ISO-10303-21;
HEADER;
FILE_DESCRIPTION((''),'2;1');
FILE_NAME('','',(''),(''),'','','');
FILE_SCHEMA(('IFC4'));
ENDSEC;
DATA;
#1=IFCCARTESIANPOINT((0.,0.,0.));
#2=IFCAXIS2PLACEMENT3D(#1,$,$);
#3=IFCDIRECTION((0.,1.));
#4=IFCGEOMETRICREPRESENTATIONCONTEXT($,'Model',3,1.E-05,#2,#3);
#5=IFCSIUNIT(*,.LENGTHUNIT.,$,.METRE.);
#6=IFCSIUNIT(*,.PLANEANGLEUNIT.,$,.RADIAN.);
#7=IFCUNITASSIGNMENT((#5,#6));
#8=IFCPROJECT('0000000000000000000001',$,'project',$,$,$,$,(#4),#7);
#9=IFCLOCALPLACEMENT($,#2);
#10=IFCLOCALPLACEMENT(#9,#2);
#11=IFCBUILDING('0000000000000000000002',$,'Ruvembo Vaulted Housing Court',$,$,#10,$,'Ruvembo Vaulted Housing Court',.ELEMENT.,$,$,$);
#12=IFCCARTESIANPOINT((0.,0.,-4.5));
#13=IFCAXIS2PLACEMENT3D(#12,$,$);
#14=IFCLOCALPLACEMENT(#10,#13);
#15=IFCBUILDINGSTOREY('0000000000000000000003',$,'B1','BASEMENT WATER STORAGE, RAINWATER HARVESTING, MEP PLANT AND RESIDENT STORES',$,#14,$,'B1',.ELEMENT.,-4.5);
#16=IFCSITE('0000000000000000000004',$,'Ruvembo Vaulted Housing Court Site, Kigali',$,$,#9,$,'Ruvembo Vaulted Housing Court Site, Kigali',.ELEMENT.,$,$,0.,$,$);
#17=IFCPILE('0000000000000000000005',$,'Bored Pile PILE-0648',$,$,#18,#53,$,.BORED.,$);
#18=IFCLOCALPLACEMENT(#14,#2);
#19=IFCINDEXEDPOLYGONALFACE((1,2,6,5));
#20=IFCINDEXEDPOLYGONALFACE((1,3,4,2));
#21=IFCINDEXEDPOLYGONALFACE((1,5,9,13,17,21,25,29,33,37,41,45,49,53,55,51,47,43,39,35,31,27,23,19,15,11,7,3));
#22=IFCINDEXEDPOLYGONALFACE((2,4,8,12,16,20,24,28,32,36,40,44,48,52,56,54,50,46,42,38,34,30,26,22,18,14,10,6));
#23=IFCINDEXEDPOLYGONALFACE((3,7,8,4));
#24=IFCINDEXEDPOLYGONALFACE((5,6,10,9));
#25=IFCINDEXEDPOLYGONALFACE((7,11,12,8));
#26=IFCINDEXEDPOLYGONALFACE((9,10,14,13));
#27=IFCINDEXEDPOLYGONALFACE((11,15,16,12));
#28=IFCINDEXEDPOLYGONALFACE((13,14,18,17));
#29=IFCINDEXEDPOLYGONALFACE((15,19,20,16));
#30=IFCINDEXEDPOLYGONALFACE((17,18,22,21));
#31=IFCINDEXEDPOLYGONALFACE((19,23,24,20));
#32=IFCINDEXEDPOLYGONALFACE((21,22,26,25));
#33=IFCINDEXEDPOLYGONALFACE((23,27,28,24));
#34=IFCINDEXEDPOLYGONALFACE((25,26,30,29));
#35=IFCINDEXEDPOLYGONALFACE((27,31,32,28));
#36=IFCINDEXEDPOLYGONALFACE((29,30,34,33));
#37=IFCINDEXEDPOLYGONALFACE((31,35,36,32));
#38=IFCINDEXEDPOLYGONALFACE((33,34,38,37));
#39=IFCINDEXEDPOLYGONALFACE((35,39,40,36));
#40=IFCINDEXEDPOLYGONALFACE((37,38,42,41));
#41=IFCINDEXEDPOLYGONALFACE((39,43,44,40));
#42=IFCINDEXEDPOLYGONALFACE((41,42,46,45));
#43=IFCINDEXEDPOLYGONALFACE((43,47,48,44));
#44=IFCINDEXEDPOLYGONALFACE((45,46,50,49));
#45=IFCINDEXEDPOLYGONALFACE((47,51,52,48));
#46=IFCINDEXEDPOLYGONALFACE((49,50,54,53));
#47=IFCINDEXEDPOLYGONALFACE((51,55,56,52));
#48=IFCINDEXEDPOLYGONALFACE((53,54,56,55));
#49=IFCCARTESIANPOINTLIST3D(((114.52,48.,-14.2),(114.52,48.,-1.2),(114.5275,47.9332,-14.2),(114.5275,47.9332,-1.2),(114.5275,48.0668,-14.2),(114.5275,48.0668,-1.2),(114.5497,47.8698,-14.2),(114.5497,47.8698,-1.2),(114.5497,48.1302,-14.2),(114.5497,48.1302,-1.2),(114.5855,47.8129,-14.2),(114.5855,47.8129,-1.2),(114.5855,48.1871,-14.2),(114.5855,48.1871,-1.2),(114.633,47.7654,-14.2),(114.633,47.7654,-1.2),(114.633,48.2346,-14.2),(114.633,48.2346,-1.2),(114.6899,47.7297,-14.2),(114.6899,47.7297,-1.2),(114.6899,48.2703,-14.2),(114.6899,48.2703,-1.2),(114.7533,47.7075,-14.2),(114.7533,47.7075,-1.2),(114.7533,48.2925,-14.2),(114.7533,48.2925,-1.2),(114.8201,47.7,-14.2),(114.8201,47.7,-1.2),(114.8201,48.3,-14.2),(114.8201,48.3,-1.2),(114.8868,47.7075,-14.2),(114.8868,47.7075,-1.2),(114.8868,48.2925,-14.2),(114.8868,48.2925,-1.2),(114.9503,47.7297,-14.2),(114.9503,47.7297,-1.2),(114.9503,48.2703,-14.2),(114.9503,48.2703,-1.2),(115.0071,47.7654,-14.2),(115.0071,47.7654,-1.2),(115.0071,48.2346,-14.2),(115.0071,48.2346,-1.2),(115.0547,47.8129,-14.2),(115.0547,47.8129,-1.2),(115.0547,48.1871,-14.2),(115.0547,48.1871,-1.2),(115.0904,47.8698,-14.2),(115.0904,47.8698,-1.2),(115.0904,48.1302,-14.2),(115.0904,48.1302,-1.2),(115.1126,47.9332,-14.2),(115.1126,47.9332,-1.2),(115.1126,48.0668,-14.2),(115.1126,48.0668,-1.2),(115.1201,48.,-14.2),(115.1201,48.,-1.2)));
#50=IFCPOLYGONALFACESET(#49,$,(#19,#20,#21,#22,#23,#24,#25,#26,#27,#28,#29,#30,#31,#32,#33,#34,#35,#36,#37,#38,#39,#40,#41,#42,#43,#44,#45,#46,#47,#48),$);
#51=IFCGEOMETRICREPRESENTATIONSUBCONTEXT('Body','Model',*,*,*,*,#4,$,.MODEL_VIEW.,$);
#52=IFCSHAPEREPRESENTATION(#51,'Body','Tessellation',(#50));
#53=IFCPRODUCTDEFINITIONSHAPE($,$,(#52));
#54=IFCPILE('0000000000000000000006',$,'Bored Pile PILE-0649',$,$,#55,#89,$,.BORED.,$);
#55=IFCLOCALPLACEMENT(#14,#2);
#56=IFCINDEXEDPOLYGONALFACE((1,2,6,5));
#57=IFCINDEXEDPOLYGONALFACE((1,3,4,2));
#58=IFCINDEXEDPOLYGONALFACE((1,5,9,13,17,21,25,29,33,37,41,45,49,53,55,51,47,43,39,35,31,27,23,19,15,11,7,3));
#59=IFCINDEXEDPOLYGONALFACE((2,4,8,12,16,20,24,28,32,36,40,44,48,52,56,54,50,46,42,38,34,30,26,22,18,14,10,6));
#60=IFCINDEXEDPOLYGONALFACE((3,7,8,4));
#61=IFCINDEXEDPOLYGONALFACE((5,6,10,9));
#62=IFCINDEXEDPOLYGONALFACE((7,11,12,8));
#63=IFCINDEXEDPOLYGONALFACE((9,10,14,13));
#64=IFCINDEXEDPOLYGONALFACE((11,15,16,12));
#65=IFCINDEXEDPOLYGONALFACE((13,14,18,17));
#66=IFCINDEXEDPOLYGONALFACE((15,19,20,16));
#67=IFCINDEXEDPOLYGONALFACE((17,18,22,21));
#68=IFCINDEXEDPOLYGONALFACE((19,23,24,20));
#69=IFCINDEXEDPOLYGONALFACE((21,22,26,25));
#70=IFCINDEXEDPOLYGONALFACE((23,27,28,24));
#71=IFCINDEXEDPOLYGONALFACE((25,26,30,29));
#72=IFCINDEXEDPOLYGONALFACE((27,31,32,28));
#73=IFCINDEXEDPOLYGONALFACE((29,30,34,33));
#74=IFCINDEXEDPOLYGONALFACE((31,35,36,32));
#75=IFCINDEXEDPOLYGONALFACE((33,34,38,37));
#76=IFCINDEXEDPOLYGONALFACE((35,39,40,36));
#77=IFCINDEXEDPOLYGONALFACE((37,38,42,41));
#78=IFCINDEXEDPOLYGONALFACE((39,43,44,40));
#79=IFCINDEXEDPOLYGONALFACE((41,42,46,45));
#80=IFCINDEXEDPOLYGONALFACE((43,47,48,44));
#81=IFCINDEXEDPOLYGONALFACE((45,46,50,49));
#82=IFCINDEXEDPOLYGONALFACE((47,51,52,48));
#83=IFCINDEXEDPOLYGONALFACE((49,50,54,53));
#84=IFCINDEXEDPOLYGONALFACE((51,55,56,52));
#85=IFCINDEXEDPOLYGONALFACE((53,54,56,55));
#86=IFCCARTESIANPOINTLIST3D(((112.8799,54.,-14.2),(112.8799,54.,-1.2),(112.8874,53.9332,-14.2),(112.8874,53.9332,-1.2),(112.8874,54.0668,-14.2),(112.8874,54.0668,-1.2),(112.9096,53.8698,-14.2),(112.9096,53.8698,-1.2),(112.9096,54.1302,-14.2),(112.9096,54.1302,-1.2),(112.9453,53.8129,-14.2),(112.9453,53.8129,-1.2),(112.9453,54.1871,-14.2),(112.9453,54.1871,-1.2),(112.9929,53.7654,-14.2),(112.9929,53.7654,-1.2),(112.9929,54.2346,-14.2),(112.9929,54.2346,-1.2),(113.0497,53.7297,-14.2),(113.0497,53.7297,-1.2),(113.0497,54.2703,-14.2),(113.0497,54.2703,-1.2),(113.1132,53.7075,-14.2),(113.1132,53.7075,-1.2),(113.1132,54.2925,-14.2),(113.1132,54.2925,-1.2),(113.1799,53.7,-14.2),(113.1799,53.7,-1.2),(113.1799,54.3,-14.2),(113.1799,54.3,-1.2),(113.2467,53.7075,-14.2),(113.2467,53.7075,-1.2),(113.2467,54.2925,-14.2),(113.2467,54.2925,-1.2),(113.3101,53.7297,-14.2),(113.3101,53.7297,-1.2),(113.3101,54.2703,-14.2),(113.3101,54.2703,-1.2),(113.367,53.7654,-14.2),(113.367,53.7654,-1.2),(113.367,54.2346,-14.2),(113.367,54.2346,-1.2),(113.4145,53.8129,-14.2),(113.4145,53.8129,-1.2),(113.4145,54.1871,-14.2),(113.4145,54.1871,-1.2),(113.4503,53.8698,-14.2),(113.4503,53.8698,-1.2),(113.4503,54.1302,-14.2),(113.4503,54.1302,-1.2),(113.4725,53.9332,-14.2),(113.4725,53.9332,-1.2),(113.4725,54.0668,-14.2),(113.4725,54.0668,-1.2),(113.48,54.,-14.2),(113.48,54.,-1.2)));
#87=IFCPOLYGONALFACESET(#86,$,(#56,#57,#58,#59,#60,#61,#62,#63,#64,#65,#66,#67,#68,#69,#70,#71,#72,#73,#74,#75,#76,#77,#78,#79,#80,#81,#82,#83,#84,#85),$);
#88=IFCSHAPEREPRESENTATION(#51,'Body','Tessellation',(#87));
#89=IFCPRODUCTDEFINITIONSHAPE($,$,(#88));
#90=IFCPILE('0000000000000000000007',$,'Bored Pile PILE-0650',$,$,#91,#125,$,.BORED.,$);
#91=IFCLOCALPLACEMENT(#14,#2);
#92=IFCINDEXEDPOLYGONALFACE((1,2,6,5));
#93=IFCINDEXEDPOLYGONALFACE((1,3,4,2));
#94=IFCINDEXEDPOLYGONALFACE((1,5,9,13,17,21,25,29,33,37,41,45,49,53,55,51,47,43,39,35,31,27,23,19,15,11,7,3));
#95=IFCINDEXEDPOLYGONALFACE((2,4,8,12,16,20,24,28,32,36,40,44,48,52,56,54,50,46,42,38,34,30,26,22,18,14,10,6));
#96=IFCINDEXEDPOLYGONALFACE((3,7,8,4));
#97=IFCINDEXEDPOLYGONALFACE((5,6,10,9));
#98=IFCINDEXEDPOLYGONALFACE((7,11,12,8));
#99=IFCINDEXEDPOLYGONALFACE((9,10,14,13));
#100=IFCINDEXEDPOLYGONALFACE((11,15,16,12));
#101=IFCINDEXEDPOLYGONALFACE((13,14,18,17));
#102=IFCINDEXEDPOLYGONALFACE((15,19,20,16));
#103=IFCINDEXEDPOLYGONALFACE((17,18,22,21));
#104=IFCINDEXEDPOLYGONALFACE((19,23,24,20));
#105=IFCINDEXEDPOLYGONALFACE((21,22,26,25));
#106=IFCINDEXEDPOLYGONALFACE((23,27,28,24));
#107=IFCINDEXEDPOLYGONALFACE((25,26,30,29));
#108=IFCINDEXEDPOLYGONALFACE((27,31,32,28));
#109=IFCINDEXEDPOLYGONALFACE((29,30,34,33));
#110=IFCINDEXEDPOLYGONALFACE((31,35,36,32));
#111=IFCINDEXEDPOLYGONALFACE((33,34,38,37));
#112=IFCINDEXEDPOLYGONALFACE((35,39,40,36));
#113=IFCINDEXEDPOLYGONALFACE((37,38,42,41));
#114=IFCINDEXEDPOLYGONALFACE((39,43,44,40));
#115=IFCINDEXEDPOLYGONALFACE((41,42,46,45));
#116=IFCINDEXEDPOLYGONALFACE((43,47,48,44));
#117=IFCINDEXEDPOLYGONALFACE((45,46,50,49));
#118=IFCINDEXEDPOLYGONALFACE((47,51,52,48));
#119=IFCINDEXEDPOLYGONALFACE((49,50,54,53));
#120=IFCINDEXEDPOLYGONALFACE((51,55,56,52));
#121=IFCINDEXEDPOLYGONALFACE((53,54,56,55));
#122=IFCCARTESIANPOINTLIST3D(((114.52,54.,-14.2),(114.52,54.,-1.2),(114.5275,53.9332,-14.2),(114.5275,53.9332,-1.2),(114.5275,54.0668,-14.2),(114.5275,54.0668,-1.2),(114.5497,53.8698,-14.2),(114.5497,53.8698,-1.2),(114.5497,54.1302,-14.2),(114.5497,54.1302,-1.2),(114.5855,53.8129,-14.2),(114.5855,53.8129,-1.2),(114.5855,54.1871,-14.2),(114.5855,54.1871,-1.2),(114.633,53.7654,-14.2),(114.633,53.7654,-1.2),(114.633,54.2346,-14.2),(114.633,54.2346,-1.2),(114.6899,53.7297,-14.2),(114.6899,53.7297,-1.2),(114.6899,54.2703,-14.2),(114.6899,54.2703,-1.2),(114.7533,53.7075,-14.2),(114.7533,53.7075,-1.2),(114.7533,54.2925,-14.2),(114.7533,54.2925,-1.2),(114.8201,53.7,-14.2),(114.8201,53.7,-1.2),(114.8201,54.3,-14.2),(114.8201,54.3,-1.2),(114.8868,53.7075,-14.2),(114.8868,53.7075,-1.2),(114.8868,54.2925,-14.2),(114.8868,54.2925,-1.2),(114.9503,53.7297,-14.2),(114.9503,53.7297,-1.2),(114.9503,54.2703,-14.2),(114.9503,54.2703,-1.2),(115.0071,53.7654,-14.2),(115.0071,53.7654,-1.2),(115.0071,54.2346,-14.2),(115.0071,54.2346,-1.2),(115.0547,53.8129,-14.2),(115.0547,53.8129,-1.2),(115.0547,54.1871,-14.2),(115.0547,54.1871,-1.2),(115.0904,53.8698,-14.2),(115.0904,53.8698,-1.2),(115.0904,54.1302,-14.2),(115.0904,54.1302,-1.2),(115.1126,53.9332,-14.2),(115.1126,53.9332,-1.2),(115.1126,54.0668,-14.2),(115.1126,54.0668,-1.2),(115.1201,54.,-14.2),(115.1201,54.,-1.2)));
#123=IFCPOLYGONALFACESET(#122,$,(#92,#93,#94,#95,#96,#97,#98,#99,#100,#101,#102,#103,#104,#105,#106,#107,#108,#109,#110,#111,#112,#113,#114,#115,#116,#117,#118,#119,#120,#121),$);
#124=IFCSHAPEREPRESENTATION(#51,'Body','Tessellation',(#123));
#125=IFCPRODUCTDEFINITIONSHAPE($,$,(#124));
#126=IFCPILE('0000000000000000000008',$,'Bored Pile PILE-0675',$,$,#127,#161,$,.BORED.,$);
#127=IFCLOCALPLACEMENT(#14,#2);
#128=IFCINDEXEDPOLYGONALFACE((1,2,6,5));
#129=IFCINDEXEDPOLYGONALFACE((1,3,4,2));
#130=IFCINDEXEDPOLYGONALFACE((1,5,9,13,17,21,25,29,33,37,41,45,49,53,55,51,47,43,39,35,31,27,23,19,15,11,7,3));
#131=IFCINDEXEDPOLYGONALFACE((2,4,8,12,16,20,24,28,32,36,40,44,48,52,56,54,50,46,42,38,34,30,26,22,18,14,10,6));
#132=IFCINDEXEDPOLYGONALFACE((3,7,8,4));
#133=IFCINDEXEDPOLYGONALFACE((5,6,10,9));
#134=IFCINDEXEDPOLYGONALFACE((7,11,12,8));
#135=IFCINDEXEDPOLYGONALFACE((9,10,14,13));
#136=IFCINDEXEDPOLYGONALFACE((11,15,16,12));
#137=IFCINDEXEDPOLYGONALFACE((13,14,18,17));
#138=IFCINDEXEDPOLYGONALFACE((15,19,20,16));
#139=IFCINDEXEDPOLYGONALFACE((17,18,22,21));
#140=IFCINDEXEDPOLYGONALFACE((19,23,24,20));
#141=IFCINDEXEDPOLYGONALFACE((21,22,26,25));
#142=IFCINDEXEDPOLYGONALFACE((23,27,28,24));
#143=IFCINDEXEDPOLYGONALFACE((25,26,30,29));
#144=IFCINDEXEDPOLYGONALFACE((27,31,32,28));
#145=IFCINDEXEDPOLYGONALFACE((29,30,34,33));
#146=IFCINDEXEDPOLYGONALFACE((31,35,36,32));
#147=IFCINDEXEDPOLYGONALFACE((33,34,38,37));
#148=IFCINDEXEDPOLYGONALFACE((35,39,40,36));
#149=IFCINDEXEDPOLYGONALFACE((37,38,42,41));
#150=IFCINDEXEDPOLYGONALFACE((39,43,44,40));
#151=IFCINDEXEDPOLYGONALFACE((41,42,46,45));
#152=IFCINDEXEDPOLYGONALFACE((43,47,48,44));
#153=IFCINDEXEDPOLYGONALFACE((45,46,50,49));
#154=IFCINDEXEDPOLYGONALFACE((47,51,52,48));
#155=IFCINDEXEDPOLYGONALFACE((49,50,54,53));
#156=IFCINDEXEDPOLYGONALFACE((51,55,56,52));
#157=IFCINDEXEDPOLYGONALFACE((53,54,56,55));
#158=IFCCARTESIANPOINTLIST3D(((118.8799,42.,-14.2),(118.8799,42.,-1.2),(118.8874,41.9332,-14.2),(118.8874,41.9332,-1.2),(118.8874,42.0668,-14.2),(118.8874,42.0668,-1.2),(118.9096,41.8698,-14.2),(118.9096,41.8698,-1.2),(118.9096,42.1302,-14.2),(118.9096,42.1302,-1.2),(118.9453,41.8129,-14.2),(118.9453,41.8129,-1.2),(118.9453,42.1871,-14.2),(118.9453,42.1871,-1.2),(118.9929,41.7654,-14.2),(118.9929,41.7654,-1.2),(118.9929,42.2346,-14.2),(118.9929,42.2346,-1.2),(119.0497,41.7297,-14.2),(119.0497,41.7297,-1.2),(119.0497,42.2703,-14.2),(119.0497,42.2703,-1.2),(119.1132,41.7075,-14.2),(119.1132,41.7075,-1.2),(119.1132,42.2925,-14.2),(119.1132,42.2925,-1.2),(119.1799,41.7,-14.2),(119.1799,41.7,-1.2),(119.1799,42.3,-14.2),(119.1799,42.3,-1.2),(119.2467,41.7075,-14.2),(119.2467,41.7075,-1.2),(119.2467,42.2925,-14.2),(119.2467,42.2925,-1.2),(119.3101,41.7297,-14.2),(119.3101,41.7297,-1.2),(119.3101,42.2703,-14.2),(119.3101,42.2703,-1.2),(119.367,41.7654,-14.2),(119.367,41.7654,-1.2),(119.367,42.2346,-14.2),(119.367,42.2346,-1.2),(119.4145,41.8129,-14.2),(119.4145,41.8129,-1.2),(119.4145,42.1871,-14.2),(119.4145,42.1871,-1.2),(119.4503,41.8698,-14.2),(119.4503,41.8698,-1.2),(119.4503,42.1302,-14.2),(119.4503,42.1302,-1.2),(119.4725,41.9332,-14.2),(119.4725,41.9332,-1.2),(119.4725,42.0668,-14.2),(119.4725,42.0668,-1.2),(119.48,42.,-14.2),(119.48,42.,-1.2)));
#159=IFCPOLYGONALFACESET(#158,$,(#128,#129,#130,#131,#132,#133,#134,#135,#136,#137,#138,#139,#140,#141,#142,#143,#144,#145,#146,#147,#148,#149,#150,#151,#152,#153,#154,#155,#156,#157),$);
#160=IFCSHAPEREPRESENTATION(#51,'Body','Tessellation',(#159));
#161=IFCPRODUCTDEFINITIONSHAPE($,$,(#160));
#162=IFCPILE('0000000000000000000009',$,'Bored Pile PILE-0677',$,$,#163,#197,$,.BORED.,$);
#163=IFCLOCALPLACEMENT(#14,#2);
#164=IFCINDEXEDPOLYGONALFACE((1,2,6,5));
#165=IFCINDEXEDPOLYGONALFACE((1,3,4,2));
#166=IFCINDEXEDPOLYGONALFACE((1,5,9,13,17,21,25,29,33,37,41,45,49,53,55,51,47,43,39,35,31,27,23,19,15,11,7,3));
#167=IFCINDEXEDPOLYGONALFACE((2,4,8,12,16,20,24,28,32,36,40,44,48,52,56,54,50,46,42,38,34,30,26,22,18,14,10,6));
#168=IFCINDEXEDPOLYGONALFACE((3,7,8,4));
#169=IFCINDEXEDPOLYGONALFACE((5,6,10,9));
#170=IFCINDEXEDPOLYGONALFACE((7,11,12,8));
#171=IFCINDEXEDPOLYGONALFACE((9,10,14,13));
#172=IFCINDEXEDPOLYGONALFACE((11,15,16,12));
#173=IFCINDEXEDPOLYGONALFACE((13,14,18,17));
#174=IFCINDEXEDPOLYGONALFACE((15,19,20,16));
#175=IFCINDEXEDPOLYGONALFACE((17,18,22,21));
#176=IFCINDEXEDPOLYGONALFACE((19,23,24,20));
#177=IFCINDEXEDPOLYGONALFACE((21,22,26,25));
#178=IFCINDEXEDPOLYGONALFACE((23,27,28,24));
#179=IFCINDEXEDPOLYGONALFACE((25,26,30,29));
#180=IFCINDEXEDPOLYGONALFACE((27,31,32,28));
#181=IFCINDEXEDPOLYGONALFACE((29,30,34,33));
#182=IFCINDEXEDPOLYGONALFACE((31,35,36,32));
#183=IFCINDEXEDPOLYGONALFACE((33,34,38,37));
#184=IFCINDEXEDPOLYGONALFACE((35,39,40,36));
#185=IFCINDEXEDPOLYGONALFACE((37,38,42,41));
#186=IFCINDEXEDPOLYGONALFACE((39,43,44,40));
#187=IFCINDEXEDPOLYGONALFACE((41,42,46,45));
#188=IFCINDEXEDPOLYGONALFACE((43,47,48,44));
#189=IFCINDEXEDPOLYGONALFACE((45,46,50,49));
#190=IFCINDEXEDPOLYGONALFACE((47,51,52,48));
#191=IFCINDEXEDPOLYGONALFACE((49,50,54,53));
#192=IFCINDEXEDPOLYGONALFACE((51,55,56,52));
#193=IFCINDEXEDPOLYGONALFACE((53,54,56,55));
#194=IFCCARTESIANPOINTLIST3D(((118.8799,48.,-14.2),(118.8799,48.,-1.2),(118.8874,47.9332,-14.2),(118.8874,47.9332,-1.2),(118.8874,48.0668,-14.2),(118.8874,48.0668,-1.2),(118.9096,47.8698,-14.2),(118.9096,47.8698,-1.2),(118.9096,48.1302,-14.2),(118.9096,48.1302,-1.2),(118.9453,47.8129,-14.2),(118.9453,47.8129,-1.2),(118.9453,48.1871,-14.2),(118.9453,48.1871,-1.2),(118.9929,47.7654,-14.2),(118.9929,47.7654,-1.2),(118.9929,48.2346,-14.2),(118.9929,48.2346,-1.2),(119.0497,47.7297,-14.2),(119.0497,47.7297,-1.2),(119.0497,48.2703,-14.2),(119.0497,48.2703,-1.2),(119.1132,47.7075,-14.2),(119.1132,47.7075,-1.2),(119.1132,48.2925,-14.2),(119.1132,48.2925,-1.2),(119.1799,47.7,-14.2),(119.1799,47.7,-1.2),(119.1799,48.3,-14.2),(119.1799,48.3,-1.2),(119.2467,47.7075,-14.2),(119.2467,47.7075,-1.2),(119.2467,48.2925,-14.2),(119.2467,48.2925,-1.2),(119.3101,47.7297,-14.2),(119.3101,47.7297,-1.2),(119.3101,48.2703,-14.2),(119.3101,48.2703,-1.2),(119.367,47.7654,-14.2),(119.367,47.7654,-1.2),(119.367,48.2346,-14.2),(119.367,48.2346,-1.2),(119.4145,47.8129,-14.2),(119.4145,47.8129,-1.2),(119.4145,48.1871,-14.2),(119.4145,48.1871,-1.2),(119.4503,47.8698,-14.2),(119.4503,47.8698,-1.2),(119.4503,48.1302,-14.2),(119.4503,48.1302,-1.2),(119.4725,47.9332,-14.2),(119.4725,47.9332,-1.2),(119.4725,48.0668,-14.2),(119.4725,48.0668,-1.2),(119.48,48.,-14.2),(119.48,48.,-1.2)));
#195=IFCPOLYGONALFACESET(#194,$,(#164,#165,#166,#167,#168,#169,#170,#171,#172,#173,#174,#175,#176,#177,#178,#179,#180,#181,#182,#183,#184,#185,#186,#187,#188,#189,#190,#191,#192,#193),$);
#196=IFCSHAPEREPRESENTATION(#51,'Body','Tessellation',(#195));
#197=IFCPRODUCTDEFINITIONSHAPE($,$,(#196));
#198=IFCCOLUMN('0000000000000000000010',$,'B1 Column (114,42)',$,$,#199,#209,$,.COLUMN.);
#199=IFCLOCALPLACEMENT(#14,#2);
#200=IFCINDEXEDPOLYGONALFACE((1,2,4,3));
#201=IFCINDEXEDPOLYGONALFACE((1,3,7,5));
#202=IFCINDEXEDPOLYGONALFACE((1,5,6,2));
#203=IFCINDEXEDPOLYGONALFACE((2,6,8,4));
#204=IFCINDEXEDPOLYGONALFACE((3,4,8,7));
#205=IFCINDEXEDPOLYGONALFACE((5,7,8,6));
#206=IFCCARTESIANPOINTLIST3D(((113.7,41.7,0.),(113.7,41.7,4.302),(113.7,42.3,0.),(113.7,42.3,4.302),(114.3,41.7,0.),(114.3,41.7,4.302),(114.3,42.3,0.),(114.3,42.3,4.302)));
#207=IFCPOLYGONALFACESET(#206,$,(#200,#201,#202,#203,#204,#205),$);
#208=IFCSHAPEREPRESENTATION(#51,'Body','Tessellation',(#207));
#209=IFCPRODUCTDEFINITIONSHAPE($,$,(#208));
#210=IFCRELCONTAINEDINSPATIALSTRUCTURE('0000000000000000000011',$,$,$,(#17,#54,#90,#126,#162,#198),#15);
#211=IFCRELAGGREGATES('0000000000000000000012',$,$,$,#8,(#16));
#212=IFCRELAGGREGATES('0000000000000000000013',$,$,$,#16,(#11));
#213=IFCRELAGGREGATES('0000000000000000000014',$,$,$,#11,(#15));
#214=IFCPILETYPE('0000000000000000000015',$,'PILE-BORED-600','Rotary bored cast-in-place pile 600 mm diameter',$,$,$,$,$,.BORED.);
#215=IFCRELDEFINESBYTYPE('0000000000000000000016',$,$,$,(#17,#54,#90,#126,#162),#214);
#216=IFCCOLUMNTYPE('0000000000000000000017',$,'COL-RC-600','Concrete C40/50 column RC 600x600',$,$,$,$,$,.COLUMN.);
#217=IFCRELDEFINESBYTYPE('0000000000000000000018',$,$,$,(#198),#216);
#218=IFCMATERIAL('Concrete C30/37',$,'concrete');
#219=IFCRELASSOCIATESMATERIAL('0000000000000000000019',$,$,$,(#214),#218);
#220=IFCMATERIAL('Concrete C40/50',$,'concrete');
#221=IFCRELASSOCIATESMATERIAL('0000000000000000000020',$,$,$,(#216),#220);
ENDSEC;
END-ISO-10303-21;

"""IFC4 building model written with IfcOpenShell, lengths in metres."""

from ifc_helpers import new_model, si_unit, direction, frame, origin, origin_2d, place, context, subcontext, project, spatial, rectangle, circle, extrude, material, material_profile, profile_set, type_object, element, save


model = new_model("IFC4")

# Units and contexts
model_context = context("Model", 3, precision=1e-05, world=origin(), true_north=direction((0.0, 1.0)))
body_context = subcontext(model_context, "Body", "Model", "MODEL_VIEW")
ifc_project = project(units=[si_unit("LENGTHUNIT", "METRE"), si_unit("PLANEANGLEUNIT", "RADIAN")], contexts=[model_context])

# Site, building, storey
site_placement = place(None, origin())
site = spatial("IfcSite", under=ifc_project, at=site_placement, Name="Ruvembo Vaulted Housing Court Site, Kigali", LongName="Ruvembo Vaulted Housing Court Site, Kigali", CompositionType="ELEMENT", RefElevation=0.0)
building_placement = place(site_placement, origin())
building = spatial("IfcBuilding", under=site, at=building_placement, Name="Ruvembo Vaulted Housing Court", LongName="Ruvembo Vaulted Housing Court", CompositionType="ELEMENT")
storey_placement = place(building_placement, frame((0.0, 0.0, -4.5)))
storey = spatial("IfcBuildingStorey", under=building, at=storey_placement, Name="B1", Description="BASEMENT WATER STORAGE, RAINWATER HARVESTING, MEP PLANT AND RESIDENT STORES", LongName="B1", CompositionType="ELEMENT", Elevation=-4.5)

# Piles
ifc_material_1 = material(Name="Concrete C30/37", Category="concrete")
ifc_material_profile_1 = material_profile(ifc_material_1, circle(Radius=0.3, at=origin_2d()), Name="PILE D600")
ifc_profile_set_1 = profile_set([ifc_material_profile_1], Name="Concrete C30/37")
pile_type = type_object("IfcPileType", Name="PILE-BORED-600", Description="Rotary bored cast-in-place pile 600 mm diameter", PredefinedType="BORED", material=ifc_profile_set_1)
for number, where, z_axis, x_axis, name in (
    (1, (114.8201, 48.0, -1.2), (0.0, 0.0, -1.0), (1.0, 0.0, 0.0), "Bored Pile PILE-0648"),
    (2, (113.1799, 54.0, -1.2), (0.0, 0.0, -1.0), (1.0, 0.0, 0.0), "Bored Pile PILE-0649"),
    (3, (114.8201, 54.0, -1.2), (0.0, 0.0, -1.0), (1.0, 0.0, 0.0), "Bored Pile PILE-0650"),
    (4, (119.1799, 42.0, -1.2), (0.0, 0.0, -1.0), (1.0, 0.0, 0.0), "Bored Pile PILE-0675"),
    (5, (119.1799, 48.0, -1.2), (0.0, 0.0, -1.0), (1.0, 0.0, 0.0), "Bored Pile PILE-0677"),
):
    element("IfcPile", number, at=place(storey_placement, frame(where, z_axis=z_axis, x_axis=x_axis)), inside=storey, type_object=pile_type, Name=name, PredefinedType="BORED", context=body_context, shape_type="SweptSolid", body=[
        extrude(circle(Radius=0.3, at=origin_2d()), origin(), (0.0, 0.0, 1.0), 13.0),
    ])

# Column
ifc_material_2 = material(Name="Concrete C40/50", Category="concrete")
ifc_material_profile_2 = material_profile(ifc_material_2, rectangle(XDim=0.6001, YDim=0.6001, at=origin_2d()), Name="RC 600x600")
ifc_profile_set_2 = profile_set([ifc_material_profile_2], Name="Concrete C40/50")
column_type_1 = type_object("IfcColumnType", Name="COL-RC-600", Description="Concrete C40/50 column RC 600x600", PredefinedType="COLUMN", material=ifc_profile_set_2)
for number, where, z_axis, x_axis, name in (
    (6, (114.0, 42.0, 0.0), (0.0, 0.0, 1.0), (1.0, 0.0, 0.0), "B1 Column (114,42)"),
):
    element("IfcColumn", number, at=place(storey_placement, frame(where, z_axis=z_axis, x_axis=x_axis)), inside=storey, type_object=column_type_1, Name=name, PredefinedType="COLUMN", context=body_context, shape_type="SweptSolid", body=[
        extrude(rectangle(XDim=0.6001, YDim=0.6001, at=origin_2d()), origin(), (0.0, 0.0, 1.0), 4.302),
    ])

save(model, "model.ifc")
